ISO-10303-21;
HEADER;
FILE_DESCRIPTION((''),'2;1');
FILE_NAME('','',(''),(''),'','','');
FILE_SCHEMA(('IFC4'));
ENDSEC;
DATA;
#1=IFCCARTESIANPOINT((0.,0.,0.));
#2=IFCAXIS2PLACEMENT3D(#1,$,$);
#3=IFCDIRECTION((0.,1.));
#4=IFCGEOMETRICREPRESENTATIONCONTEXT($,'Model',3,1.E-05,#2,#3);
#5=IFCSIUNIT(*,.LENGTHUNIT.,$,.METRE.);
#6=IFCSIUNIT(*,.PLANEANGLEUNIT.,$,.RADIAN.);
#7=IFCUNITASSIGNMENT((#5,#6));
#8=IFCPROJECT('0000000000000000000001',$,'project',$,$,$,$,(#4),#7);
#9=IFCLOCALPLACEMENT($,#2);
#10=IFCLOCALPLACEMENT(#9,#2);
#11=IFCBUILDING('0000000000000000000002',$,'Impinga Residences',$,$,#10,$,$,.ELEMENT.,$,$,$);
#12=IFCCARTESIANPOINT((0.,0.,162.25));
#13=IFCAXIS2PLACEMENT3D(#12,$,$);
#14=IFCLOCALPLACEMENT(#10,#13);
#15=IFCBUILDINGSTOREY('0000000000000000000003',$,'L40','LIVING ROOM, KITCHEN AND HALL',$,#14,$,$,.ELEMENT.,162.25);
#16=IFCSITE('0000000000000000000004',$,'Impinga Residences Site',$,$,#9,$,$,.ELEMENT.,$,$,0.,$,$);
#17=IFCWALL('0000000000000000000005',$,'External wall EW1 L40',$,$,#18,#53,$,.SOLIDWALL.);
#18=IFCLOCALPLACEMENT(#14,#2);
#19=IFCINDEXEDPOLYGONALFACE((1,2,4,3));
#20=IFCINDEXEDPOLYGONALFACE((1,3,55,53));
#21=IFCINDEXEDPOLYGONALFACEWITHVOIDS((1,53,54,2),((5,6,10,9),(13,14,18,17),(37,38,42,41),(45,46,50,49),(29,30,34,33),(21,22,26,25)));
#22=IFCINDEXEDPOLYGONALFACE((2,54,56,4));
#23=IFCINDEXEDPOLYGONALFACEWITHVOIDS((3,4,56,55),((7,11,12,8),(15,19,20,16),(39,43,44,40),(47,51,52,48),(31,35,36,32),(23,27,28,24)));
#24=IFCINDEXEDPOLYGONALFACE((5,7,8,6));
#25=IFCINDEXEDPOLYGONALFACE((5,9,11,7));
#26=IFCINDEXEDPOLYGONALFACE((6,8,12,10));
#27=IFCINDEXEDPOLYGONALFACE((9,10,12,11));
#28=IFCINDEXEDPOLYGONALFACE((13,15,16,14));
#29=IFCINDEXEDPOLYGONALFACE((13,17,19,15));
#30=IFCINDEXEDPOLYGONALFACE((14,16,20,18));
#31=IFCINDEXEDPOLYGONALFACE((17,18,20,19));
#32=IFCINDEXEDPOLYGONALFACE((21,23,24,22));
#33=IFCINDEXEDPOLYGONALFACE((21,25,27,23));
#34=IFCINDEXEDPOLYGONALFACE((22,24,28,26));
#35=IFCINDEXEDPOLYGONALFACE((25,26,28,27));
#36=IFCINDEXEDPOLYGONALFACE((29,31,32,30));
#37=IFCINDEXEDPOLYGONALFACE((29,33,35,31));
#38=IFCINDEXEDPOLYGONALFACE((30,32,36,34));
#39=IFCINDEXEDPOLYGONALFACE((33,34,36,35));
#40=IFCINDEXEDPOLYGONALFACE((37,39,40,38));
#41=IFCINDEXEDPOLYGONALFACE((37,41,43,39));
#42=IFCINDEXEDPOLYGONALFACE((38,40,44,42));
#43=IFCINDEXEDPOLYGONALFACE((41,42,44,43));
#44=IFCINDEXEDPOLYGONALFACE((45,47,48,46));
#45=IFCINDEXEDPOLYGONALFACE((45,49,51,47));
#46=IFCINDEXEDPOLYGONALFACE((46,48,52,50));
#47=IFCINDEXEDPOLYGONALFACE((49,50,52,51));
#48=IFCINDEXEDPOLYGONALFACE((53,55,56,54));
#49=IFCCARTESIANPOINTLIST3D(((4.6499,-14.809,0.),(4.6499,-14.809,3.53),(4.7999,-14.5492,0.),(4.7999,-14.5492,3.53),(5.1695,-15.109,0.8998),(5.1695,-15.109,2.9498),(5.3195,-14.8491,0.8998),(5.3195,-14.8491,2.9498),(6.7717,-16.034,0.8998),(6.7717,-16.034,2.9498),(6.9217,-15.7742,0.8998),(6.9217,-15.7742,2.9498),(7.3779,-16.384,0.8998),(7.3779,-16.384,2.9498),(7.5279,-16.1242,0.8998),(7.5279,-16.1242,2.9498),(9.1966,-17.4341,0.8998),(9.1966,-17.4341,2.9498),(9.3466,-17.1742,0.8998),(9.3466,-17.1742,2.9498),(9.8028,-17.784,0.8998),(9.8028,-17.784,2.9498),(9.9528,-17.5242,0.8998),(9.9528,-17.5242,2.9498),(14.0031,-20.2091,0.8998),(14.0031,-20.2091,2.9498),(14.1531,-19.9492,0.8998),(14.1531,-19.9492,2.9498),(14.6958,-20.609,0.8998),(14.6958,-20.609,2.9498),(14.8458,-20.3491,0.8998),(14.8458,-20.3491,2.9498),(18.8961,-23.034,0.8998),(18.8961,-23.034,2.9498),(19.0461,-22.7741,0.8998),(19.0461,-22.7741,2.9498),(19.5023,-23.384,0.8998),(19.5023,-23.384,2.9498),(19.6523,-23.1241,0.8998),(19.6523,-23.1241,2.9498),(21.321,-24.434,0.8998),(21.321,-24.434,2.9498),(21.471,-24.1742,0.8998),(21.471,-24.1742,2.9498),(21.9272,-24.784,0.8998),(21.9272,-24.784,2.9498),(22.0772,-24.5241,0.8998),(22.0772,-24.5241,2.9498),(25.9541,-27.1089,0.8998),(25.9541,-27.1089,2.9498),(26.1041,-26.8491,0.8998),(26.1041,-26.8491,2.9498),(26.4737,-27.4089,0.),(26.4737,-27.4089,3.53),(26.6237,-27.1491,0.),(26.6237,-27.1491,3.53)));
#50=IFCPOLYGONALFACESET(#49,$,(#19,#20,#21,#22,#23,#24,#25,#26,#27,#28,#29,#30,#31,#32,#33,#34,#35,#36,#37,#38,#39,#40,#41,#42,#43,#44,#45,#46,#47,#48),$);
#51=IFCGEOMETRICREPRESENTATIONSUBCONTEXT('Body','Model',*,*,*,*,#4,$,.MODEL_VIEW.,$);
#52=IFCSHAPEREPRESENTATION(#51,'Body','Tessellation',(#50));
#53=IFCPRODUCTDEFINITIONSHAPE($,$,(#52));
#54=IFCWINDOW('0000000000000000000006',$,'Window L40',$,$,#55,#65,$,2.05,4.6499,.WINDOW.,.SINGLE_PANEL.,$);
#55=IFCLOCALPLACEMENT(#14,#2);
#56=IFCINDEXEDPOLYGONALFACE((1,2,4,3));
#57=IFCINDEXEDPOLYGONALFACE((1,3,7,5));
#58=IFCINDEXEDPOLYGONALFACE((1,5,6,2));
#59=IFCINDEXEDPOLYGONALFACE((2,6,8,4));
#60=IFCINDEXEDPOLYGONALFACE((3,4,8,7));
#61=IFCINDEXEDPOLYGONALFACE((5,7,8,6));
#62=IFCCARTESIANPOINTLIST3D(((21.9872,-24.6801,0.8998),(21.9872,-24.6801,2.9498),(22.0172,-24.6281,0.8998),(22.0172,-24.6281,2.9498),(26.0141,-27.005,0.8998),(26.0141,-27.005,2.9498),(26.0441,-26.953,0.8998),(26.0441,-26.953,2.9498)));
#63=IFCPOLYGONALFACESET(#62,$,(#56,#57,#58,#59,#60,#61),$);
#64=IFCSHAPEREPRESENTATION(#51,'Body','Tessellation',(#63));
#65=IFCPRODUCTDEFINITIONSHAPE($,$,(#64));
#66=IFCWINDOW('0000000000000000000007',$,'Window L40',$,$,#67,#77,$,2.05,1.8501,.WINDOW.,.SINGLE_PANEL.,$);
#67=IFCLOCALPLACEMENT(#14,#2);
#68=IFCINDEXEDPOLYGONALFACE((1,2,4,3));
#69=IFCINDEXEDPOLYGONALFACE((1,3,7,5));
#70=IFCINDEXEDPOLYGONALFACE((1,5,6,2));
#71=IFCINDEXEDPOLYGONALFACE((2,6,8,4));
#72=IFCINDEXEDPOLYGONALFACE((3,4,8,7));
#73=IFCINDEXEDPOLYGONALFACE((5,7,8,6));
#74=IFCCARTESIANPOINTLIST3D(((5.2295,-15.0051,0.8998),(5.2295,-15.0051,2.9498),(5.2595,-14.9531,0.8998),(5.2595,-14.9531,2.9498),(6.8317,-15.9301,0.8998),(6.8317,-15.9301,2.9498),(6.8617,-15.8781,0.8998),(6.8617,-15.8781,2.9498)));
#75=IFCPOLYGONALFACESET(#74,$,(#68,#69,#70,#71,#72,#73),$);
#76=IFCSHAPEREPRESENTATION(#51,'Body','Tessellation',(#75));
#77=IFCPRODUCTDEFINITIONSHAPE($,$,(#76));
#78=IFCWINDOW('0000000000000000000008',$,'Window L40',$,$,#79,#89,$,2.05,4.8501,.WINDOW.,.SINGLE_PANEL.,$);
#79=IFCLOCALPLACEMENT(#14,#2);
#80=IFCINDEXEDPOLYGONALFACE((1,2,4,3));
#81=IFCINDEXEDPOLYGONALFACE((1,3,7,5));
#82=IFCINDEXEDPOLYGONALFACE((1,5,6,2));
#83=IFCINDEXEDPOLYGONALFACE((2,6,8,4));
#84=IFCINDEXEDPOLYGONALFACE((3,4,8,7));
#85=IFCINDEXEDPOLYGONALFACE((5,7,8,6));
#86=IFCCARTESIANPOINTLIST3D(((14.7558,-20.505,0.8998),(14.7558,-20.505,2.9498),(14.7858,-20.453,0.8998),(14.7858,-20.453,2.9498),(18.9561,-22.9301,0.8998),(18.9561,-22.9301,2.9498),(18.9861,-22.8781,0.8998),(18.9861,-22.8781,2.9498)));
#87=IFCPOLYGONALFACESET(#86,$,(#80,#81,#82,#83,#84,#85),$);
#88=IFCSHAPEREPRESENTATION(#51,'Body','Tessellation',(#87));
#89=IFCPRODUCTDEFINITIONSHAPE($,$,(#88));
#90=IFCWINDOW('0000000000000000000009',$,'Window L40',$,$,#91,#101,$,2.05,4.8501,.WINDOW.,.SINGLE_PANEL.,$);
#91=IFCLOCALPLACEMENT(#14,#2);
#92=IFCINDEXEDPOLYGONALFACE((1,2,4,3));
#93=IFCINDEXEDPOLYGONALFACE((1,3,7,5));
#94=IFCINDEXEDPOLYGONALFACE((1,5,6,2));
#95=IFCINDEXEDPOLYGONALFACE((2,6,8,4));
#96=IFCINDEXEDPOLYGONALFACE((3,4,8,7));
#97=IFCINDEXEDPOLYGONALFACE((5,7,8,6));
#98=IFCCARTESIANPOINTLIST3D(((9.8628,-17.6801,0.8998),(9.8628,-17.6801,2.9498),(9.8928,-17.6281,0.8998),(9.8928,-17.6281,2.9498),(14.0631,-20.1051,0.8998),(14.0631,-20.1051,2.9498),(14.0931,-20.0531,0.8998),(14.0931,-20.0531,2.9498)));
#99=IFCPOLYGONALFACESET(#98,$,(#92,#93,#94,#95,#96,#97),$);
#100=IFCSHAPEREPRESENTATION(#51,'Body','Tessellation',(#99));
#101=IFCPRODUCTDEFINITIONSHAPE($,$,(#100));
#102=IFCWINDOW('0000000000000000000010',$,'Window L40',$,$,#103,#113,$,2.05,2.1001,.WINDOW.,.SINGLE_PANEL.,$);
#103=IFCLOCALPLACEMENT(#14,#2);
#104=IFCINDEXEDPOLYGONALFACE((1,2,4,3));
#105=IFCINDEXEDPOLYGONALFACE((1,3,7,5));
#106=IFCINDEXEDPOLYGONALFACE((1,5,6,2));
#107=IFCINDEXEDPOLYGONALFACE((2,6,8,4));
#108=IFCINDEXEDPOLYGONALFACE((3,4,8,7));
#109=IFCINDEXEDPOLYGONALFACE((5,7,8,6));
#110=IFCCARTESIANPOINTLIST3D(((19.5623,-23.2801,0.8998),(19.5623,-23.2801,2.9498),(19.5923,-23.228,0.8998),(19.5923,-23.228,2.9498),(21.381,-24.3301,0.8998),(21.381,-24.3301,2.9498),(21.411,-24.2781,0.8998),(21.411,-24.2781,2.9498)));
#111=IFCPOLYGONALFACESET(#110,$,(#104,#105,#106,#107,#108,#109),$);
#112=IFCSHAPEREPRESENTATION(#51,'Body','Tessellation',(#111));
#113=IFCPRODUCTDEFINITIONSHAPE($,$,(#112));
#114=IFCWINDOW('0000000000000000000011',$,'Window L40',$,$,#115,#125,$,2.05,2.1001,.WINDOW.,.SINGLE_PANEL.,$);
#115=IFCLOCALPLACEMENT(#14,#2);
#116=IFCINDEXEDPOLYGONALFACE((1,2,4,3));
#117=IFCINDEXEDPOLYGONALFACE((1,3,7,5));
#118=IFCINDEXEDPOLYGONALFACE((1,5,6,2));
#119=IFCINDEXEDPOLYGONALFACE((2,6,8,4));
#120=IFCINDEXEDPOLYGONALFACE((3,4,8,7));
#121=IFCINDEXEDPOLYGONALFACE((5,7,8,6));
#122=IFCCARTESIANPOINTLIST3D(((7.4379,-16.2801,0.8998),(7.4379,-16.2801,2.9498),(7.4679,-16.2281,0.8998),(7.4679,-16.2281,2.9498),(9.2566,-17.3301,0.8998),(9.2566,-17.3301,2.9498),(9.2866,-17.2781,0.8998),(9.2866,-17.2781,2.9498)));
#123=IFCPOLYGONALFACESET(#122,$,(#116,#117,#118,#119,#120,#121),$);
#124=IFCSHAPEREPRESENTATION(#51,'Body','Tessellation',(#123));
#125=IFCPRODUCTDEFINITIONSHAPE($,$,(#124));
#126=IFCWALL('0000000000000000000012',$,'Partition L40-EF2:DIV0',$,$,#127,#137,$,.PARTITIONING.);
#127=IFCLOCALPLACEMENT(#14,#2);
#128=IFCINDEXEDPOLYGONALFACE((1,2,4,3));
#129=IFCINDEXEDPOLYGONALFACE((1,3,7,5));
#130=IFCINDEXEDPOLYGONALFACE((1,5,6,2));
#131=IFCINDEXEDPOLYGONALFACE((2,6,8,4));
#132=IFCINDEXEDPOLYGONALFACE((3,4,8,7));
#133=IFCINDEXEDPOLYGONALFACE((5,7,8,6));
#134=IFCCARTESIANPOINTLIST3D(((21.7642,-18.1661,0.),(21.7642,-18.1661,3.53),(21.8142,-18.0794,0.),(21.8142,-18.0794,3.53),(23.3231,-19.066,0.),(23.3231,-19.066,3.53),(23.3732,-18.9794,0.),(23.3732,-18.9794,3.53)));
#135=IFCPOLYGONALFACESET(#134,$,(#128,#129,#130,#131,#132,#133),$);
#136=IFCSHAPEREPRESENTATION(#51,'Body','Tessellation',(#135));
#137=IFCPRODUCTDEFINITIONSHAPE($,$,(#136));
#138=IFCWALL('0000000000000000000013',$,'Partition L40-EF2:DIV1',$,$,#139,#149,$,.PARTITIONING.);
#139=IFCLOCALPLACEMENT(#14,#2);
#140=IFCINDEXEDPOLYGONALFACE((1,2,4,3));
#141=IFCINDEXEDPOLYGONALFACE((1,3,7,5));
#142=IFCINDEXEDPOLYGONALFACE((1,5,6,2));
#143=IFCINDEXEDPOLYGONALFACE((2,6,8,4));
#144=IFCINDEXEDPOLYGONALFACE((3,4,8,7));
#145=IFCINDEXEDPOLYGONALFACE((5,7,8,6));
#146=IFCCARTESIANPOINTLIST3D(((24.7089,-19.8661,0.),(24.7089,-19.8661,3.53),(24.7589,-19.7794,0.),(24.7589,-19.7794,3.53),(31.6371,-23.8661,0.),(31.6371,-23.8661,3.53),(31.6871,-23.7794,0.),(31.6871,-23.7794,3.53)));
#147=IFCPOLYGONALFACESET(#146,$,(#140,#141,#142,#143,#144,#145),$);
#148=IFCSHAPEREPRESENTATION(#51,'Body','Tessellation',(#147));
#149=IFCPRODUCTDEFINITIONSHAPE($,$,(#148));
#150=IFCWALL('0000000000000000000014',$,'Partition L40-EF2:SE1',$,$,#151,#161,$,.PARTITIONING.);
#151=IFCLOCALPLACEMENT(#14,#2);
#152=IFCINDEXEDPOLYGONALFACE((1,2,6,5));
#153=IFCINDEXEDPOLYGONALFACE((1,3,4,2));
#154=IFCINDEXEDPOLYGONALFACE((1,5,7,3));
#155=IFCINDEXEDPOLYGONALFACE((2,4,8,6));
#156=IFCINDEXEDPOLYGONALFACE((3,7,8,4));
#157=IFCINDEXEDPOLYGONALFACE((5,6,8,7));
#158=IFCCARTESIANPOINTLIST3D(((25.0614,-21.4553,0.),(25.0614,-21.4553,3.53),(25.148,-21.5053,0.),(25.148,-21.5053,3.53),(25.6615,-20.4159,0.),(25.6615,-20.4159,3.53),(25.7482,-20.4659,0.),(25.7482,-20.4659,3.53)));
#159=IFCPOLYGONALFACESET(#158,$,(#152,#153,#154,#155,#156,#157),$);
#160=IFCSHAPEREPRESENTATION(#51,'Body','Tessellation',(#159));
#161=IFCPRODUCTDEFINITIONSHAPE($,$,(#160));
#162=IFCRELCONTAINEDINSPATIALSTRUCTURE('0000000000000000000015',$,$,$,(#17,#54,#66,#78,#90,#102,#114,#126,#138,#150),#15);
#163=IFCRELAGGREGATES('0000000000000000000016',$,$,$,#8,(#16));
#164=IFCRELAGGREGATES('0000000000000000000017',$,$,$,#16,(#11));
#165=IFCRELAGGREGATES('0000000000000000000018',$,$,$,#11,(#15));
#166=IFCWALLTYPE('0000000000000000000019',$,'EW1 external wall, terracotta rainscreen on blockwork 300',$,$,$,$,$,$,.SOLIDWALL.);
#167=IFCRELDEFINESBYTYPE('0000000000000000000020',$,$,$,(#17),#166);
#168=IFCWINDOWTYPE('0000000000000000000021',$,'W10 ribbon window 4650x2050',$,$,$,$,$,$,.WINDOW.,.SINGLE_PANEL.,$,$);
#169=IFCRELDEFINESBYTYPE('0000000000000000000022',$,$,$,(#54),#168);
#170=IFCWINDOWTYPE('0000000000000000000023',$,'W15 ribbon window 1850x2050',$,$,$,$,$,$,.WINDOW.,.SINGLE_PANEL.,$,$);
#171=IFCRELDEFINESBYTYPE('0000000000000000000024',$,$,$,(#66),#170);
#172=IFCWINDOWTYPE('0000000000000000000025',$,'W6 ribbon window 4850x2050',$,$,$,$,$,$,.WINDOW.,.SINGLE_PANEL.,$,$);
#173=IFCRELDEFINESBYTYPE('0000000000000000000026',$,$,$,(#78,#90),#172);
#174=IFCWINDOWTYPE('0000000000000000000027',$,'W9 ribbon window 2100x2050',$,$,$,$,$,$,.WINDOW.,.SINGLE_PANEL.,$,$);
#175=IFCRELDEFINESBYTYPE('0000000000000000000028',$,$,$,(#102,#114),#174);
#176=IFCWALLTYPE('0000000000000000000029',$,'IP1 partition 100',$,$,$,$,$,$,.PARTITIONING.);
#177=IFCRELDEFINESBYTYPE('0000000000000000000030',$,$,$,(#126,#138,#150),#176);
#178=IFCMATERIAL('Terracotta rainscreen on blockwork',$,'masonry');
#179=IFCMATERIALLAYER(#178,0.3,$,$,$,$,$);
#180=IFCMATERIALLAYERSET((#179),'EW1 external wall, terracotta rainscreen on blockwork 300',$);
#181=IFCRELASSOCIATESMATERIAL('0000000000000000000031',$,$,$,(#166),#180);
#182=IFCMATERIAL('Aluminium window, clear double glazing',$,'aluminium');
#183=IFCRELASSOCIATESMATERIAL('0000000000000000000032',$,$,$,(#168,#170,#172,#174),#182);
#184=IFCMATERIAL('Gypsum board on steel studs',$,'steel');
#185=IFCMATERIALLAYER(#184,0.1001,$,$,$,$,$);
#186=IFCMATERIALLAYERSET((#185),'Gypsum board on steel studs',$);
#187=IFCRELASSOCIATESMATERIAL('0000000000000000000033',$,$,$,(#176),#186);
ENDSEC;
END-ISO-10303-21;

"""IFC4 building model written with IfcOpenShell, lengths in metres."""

from ifc_helpers import new_model, si_unit, direction, frame, frame_2d, origin, place, context, subcontext, project, spatial, rectangle, extrude, material, layer, layer_set, type_object, element, fill, save


model = new_model("IFC4")

# Units and contexts
model_context = context("Model", 3, precision=1e-05, world=origin(), true_north=direction((0.0, 1.0)))
body_context = subcontext(model_context, "Body", "Model", "MODEL_VIEW")
ifc_project = project(units=[si_unit("LENGTHUNIT", "METRE"), si_unit("PLANEANGLEUNIT", "RADIAN")], contexts=[model_context])

# Site, building, storey
site_placement = place(None, origin())
site = spatial("IfcSite", under=ifc_project, at=site_placement, Name="Impinga Residences Site", CompositionType="ELEMENT", RefElevation=0.0)
building_placement = place(site_placement, origin())
building = spatial("IfcBuilding", under=site, at=building_placement, Name="Impinga Residences", CompositionType="ELEMENT")
storey_placement = place(building_placement, frame((0.0, 0.0, 162.25)))
storey = spatial("IfcBuildingStorey", under=building, at=storey_placement, Name="L40", Description="LIVING ROOM, KITCHEN AND HALL", CompositionType="ELEMENT", Elevation=162.25)

# Shared definitions
ifc_material_1 = material(Name="Terracotta rainscreen on blockwork", Category="masonry")
ifc_layer_1 = layer(ifc_material_1, 0.3)
ifc_layer_set_1 = layer_set([ifc_layer_1], Name="EW1 external wall, terracotta rainscreen on blockwork 300")
wall_type_1 = type_object("IfcWallType", Name="EW1 external wall, terracotta rainscreen on blockwork 300", PredefinedType="SOLIDWALL", material=ifc_layer_set_1)

# Wall, openings, windows
wall_1_placement = place(storey_placement, frame((26.5488, -27.2791, 0.0), z_axis=(0.0, 0.0, 1.0), x_axis=(-0.866027, 0.499998, 0.0)))
wall_1 = element("IfcWall", 1, at=wall_1_placement, inside=storey, type_object=wall_type_1, Name="External wall EW1 L40", PredefinedType="SOLIDWALL", context=body_context, shape_type="SweptSolid", body=[
    extrude(rectangle(XDim=25.2, YDim=0.3, at=frame_2d((12.6001, 0.0))), origin(), (0.0, 0.0, 1.0), 3.53),
])
opening_1_placement = place(wall_1_placement, frame((0.6001, 0.0, 0.8999)))
opening_1 = element("IfcOpeningElement", 2, at=opening_1_placement, cuts=wall_1, PredefinedType="OPENING", context=body_context, shape_type="SweptSolid", body=[
    extrude(rectangle(XDim=4.6499, YDim=2.05, at=frame_2d((2.325, 1.0249))), frame((0.0, 0.1599, 0.0), z_axis=(0.0, -1.0, 0.0), x_axis=(1.0, 0.0, 0.0)), (0.0, 0.0, 1.0), 0.3201),
])
opening_2_placement = place(wall_1_placement, frame((5.95, 0.0, 0.8999)))
opening_2 = element("IfcOpeningElement", 3, at=opening_2_placement, cuts=wall_1, PredefinedType="OPENING", context=body_context, shape_type="SweptSolid", body=[
    extrude(rectangle(XDim=2.1001, YDim=2.05, at=frame_2d((1.05, 1.0249))), frame((0.0, 0.1599, 0.0), z_axis=(0.0, -1.0, 0.0), x_axis=(1.0, 0.0, 0.0)), (0.0, 0.0, 1.0), 0.3201),
])
opening_3_placement = place(wall_1_placement, frame((8.75, 0.0, 0.8999)))
opening_3 = element("IfcOpeningElement", 4, at=opening_3_placement, cuts=wall_1, PredefinedType="OPENING", context=body_context, shape_type="SweptSolid", body=[
    extrude(rectangle(XDim=4.8501, YDim=2.05, at=frame_2d((2.425, 1.0249))), frame((0.0, 0.1599, 0.0), z_axis=(0.0, -1.0, 0.0), x_axis=(1.0, 0.0, 0.0)), (0.0, 0.0, 1.0), 0.3201),
])
opening_4_placement = place(wall_1_placement, frame((14.3999, 0.0, 0.8999)))
opening_4 = element("IfcOpeningElement", 5, at=opening_4_placement, cuts=wall_1, PredefinedType="OPENING", context=body_context, shape_type="SweptSolid", body=[
    extrude(rectangle(XDim=4.8501, YDim=2.05, at=frame_2d((2.425, 1.0249))), frame((0.0, 0.1599, 0.0), z_axis=(0.0, -1.0, 0.0), x_axis=(1.0, 0.0, 0.0)), (0.0, 0.0, 1.0), 0.3201),
])
opening_5_placement = place(wall_1_placement, frame((19.95, 0.0, 0.8999)))
opening_5 = element("IfcOpeningElement", 6, at=opening_5_placement, cuts=wall_1, PredefinedType="OPENING", context=body_context, shape_type="SweptSolid", body=[
    extrude(rectangle(XDim=2.1001, YDim=2.05, at=frame_2d((1.05, 1.0249))), frame((0.0, 0.1599, 0.0), z_axis=(0.0, -1.0, 0.0), x_axis=(1.0, 0.0, 0.0)), (0.0, 0.0, 1.0), 0.3201),
])
opening_6_placement = place(wall_1_placement, frame((22.75, 0.0, 0.8999)))
opening_6 = element("IfcOpeningElement", 7, at=opening_6_placement, cuts=wall_1, PredefinedType="OPENING", context=body_context, shape_type="SweptSolid", body=[
    extrude(rectangle(XDim=1.8501, YDim=2.05, at=frame_2d((0.925, 1.0249))), frame((0.0, 0.1599, 0.0), z_axis=(0.0, -1.0, 0.0), x_axis=(1.0, 0.0, 0.0)), (0.0, 0.0, 1.0), 0.3201),
])
ifc_material_2 = material(Name="Aluminium window, clear double glazing", Category="aluminium")
window_type_1 = type_object("IfcWindowType", Name="W10 ribbon window 4650x2050", PartitioningType="SINGLE_PANEL", PredefinedType="WINDOW", material=ifc_material_2)
window_1_placement = place(opening_1_placement, origin())
window_1 = element("IfcWindow", 8, at=window_1_placement, inside=storey, type_object=window_type_1, Name="Window L40", OverallHeight=2.05, OverallWidth=4.6499, PartitioningType="SINGLE_PANEL", PredefinedType="WINDOW", context=body_context, shape_type="SweptSolid", body=[
    extrude(rectangle(XDim=4.6499, YDim=2.05, at=frame_2d((2.325, 1.0249))), frame((0.0, 0.03, 0.0), z_axis=(0.0, -1.0, 0.0), x_axis=(1.0, 0.0, 0.0)), (0.0, 0.0, 1.0), 0.0601),
])
fill(opening_1, window_1)
window_type_2 = type_object("IfcWindowType", Name="W15 ribbon window 1850x2050", PartitioningType="SINGLE_PANEL", PredefinedType="WINDOW", material=ifc_material_2)
window_2_placement = place(opening_6_placement, origin())
window_2 = element("IfcWindow", 9, at=window_2_placement, inside=storey, type_object=window_type_2, Name="Window L40", OverallHeight=2.05, OverallWidth=1.8501, PartitioningType="SINGLE_PANEL", PredefinedType="WINDOW", context=body_context, shape_type="SweptSolid", body=[
    extrude(rectangle(XDim=1.8501, YDim=2.05, at=frame_2d((0.925, 1.0249))), frame((0.0, 0.03, 0.0), z_axis=(0.0, -1.0, 0.0), x_axis=(1.0, 0.0, 0.0)), (0.0, 0.0, 1.0), 0.0601),
])
fill(opening_6, window_2)
window_type_3 = type_object("IfcWindowType", Name="W6 ribbon window 4850x2050", PartitioningType="SINGLE_PANEL", PredefinedType="WINDOW", material=ifc_material_2)
window_3_placement = place(opening_3_placement, origin())
window_3 = element("IfcWindow", 10, at=window_3_placement, inside=storey, type_object=window_type_3, Name="Window L40", OverallHeight=2.05, OverallWidth=4.8501, PartitioningType="SINGLE_PANEL", PredefinedType="WINDOW", context=body_context, shape_type="SweptSolid", body=[
    extrude(rectangle(XDim=4.8501, YDim=2.05, at=frame_2d((2.425, 1.0249))), frame((0.0, 0.03, 0.0), z_axis=(0.0, -1.0, 0.0), x_axis=(1.0, 0.0, 0.0)), (0.0, 0.0, 1.0), 0.0601),
])
fill(opening_3, window_3)
window_4_placement = place(opening_4_placement, origin())
window_4 = element("IfcWindow", 11, at=window_4_placement, inside=storey, type_object=window_type_3, Name="Window L40", OverallHeight=2.05, OverallWidth=4.8501, PartitioningType="SINGLE_PANEL", PredefinedType="WINDOW", context=body_context, shape_type="SweptSolid", body=[
    extrude(rectangle(XDim=4.8501, YDim=2.05, at=frame_2d((2.425, 1.0249))), frame((0.0, 0.03, 0.0), z_axis=(0.0, -1.0, 0.0), x_axis=(1.0, 0.0, 0.0)), (0.0, 0.0, 1.0), 0.0601),
])
fill(opening_4, window_4)
window_type_4 = type_object("IfcWindowType", Name="W9 ribbon window 2100x2050", PartitioningType="SINGLE_PANEL", PredefinedType="WINDOW", material=ifc_material_2)
window_5_placement = place(opening_2_placement, origin())
window_5 = element("IfcWindow", 12, at=window_5_placement, inside=storey, type_object=window_type_4, Name="Window L40", OverallHeight=2.05, OverallWidth=2.1001, PartitioningType="SINGLE_PANEL", PredefinedType="WINDOW", context=body_context, shape_type="SweptSolid", body=[
    extrude(rectangle(XDim=2.1001, YDim=2.05, at=frame_2d((1.05, 1.0249))), frame((0.0, 0.03, 0.0), z_axis=(0.0, -1.0, 0.0), x_axis=(1.0, 0.0, 0.0)), (0.0, 0.0, 1.0), 0.0601),
])
fill(opening_2, window_5)
window_6_placement = place(opening_5_placement, origin())
window_6 = element("IfcWindow", 13, at=window_6_placement, inside=storey, type_object=window_type_4, Name="Window L40", OverallHeight=2.05, OverallWidth=2.1001, PartitioningType="SINGLE_PANEL", PredefinedType="WINDOW", context=body_context, shape_type="SweptSolid", body=[
    extrude(rectangle(XDim=2.1001, YDim=2.05, at=frame_2d((1.05, 1.0249))), frame((0.0, 0.03, 0.0), z_axis=(0.0, -1.0, 0.0), x_axis=(1.0, 0.0, 0.0)), (0.0, 0.0, 1.0), 0.0601),
])
fill(opening_5, window_6)

# Walls
ifc_material_3 = material(Name="Gypsum board on steel studs", Category="steel")
ifc_layer_2 = layer(ifc_material_3, 0.1001)
ifc_layer_set_2 = layer_set([ifc_layer_2], Name="Gypsum board on steel studs")
wall_type_2 = type_object("IfcWallType", Name="IP1 partition 100", PredefinedType="PARTITIONING", material=ifc_layer_set_2)
wall_2_placement = place(storey_placement, frame((21.7893, -18.1228, 0.0), z_axis=(0.0, 0.0, 1.0), x_axis=(0.866048, -0.499961, 0.0)))
element("IfcWall", 14, at=wall_2_placement, inside=storey, type_object=wall_type_2, Name="Partition L40-EF2:DIV0", PredefinedType="PARTITIONING", context=body_context, shape_type="SweptSolid", body=[
    extrude(rectangle(XDim=1.8, YDim=0.1001, at=frame_2d((0.8999, 0.0))), origin(), (0.0, 0.0, 1.0), 3.53),
])
wall_3_placement = place(storey_placement, frame((24.7339, -19.8228, 0.0), z_axis=(0.0, 0.0, 1.0), x_axis=(0.866026, -0.499999, 0.0)))
element("IfcWall", 15, at=wall_3_placement, inside=storey, type_object=wall_type_2, Name="Partition L40-EF2:DIV1", PredefinedType="PARTITIONING", context=body_context, shape_type="SweptSolid", body=[
    extrude(rectangle(XDim=8.0, YDim=0.1001, at=frame_2d((4.0, 0.0))), origin(), (0.0, 0.0, 1.0), 3.53),
])
wall_4_placement = place(storey_placement, frame((25.7048, -20.4409, 0.0), z_axis=(0.0, 0.0, 1.0), x_axis=(-0.500034, -0.866006, 0.0)))
element("IfcWall", 16, at=wall_4_placement, inside=storey, type_object=wall_type_2, Name="Partition L40-EF2:SE1", PredefinedType="PARTITIONING", context=body_context, shape_type="SweptSolid", body=[
    extrude(rectangle(XDim=1.2002, YDim=0.1001, at=frame_2d((0.6001, 0.0))), origin(), (0.0, 0.0, 1.0), 3.53),
])

save(model, "model.ifc")
